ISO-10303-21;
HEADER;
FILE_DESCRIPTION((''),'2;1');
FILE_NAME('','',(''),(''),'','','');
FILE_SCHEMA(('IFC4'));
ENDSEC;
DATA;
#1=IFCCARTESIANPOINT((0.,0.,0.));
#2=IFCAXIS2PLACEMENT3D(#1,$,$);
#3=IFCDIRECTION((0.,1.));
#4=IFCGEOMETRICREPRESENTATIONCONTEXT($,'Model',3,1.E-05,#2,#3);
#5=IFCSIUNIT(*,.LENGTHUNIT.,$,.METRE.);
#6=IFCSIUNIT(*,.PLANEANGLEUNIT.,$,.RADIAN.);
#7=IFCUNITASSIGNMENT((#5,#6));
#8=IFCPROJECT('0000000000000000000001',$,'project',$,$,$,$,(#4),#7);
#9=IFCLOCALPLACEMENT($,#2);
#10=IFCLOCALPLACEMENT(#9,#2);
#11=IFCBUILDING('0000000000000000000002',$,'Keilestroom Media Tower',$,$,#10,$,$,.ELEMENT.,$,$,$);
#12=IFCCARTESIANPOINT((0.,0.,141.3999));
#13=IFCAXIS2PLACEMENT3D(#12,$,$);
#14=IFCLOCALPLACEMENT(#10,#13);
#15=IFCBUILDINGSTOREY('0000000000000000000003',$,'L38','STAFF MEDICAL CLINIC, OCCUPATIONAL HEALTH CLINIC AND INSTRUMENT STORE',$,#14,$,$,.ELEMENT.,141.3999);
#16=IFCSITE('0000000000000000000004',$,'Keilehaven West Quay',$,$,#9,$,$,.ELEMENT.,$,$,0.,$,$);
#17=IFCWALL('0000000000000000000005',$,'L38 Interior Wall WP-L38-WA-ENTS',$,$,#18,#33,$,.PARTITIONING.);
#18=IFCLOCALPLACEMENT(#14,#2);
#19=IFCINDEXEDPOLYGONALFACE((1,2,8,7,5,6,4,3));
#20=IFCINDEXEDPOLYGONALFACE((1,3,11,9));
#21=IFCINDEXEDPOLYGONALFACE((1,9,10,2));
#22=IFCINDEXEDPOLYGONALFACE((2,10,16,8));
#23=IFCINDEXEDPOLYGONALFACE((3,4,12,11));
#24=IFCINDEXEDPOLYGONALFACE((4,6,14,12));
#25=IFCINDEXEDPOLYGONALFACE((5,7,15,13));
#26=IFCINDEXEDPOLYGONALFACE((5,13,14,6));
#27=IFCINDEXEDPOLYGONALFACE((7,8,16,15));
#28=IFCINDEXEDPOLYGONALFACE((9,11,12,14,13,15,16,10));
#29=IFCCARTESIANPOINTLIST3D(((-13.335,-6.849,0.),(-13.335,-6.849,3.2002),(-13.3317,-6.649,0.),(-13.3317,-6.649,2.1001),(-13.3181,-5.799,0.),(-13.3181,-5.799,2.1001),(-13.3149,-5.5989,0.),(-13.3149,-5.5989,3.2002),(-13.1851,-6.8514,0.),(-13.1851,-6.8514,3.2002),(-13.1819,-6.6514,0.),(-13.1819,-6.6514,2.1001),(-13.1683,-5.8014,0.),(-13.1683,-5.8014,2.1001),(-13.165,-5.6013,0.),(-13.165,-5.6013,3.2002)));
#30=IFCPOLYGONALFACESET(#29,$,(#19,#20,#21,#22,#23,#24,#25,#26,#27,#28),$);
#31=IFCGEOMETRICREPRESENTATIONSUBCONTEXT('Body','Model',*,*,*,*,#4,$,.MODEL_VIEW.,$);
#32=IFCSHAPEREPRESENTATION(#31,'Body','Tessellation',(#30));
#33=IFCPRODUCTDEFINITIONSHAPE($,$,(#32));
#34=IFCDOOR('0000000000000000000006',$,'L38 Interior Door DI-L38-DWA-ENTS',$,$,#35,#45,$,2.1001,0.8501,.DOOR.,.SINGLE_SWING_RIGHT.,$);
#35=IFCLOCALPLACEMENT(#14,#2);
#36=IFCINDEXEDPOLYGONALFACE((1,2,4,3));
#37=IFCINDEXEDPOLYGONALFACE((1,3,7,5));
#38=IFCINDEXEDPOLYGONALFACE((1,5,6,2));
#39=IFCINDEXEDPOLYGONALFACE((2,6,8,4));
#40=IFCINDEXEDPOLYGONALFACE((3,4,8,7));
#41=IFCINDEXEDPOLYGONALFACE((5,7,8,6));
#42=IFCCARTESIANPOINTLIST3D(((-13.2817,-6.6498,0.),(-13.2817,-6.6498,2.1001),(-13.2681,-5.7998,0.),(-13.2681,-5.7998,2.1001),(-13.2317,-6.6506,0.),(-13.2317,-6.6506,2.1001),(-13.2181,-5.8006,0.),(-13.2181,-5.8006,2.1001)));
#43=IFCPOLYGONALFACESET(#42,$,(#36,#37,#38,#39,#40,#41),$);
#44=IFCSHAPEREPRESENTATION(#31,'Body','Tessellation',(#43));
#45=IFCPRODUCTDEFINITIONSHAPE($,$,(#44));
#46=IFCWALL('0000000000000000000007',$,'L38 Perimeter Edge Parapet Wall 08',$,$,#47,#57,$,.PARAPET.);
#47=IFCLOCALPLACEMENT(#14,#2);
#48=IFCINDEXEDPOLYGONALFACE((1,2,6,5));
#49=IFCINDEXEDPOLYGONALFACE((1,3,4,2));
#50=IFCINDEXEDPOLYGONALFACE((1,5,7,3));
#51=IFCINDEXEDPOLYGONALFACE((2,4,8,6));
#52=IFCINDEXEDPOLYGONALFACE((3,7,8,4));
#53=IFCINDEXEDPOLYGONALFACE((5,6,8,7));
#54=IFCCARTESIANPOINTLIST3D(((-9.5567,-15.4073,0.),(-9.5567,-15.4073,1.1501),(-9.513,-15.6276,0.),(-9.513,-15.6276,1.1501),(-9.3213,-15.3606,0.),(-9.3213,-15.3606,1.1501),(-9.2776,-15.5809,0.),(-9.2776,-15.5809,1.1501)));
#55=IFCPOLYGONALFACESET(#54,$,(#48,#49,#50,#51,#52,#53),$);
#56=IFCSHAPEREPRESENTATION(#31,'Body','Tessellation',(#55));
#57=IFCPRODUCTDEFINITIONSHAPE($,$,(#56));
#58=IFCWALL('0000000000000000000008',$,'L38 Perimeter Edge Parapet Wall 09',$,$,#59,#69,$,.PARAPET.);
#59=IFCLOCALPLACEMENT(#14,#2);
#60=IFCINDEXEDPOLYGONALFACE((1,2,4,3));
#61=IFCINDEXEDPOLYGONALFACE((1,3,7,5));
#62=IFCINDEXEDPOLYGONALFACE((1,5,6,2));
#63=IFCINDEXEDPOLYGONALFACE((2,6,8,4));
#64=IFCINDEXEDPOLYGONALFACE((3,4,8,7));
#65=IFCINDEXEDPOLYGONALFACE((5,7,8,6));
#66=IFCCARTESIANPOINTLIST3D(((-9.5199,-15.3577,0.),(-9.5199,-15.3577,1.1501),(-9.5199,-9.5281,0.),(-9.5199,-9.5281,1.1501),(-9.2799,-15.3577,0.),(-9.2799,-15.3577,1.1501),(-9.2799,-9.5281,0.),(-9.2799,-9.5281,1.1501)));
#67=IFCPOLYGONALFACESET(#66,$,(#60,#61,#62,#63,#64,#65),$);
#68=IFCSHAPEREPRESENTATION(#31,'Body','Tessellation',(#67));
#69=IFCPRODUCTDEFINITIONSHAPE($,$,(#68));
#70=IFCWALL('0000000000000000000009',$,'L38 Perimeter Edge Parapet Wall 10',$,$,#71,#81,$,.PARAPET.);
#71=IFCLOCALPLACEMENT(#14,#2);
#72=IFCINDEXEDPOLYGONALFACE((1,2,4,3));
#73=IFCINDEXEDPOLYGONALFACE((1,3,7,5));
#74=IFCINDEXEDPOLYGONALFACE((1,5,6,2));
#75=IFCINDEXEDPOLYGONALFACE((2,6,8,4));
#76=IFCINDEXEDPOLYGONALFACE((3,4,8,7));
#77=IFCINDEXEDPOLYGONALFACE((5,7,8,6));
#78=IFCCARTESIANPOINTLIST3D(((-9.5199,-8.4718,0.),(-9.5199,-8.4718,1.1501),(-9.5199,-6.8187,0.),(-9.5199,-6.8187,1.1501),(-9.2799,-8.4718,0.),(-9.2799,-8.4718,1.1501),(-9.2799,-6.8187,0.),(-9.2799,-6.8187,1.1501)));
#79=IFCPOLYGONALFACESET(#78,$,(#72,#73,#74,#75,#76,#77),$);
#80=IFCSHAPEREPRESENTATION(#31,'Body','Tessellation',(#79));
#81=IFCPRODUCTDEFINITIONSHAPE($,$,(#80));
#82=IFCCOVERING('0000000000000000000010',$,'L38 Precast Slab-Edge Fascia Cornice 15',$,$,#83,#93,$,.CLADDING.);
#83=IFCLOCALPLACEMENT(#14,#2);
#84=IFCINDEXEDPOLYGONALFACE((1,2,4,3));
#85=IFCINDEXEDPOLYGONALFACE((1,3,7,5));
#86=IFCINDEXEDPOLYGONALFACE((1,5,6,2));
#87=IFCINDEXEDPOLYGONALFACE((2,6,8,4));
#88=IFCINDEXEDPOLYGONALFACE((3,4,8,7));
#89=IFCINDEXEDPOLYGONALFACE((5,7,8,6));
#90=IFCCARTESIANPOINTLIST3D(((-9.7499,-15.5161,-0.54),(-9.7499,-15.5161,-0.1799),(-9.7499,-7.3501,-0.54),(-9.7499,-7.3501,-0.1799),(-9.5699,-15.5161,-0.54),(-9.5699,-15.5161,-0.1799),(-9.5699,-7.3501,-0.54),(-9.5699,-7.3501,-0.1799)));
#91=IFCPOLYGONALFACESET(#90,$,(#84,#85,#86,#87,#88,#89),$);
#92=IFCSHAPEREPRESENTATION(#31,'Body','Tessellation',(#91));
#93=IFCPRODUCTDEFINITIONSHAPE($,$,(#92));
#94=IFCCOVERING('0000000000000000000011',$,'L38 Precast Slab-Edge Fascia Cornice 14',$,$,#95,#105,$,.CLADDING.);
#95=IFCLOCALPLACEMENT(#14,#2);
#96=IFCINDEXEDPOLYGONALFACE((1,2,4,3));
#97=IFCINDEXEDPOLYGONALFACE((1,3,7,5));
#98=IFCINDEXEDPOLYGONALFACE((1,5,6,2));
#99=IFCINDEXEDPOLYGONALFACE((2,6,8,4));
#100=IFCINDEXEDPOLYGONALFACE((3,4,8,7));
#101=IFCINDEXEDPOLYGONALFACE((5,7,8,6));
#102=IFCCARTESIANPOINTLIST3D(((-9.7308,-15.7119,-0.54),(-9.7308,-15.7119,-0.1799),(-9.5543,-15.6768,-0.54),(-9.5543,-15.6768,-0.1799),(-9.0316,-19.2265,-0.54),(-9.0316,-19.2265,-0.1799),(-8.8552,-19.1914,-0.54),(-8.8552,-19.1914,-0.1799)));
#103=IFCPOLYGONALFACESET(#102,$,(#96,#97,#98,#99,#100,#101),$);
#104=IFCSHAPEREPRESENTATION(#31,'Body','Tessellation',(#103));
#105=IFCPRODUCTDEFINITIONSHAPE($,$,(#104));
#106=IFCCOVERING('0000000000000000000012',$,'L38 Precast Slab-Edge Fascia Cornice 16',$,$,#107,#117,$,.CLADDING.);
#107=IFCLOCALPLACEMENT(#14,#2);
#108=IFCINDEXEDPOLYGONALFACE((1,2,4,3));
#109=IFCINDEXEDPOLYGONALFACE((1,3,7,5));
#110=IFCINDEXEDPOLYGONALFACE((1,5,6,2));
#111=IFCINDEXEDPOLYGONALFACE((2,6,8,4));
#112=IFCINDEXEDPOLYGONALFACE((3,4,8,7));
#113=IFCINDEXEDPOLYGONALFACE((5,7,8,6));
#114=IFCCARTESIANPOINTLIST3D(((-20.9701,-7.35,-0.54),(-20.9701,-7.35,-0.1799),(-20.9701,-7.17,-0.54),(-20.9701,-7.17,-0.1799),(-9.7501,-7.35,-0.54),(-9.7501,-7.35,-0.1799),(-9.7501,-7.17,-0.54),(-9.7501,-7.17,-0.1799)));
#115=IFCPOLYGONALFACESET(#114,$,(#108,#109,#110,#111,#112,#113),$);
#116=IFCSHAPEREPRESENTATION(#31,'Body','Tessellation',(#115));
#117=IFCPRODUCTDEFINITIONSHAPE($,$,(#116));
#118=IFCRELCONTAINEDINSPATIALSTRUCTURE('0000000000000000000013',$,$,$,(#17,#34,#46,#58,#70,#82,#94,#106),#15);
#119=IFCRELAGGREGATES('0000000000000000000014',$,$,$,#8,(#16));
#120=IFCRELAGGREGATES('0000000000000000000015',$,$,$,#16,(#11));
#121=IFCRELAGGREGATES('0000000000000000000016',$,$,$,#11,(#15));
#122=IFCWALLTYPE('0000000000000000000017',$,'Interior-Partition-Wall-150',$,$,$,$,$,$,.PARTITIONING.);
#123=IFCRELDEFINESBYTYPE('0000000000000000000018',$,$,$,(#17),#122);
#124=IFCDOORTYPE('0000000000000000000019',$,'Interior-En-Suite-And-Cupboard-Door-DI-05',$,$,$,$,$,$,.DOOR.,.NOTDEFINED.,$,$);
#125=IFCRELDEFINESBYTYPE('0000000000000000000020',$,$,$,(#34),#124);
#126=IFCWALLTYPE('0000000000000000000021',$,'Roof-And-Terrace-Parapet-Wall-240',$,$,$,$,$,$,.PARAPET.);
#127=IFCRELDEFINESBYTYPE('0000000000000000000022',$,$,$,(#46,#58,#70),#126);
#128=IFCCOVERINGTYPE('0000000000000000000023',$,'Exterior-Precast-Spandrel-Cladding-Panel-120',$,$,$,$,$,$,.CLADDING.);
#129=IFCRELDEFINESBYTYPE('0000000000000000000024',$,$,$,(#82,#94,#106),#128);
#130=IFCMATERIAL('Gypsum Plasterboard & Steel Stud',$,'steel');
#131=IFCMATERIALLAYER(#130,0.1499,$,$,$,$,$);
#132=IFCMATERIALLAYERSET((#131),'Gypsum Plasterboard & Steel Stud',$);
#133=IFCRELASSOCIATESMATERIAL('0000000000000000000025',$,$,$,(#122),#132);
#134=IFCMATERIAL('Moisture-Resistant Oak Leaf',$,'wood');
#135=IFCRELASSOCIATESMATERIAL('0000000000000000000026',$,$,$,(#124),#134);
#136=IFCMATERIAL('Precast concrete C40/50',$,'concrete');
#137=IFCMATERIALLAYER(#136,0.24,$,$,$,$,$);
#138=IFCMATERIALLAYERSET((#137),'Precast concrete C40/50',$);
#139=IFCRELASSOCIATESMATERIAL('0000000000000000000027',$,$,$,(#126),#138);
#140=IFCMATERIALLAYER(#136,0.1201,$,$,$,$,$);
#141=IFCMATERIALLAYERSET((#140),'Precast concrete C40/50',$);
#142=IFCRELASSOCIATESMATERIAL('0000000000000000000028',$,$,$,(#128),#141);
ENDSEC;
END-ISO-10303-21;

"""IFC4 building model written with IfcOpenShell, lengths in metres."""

from ifc_helpers import new_model, si_unit, direction, frame, frame_2d, origin, origin_2d, place, context, subcontext, project, spatial, rectangle, extrude, source, transform, mapped, material, layer, layer_set, type_object, element, fill, save


model = new_model("IFC4")

# Units and contexts
model_context = context("Model", 3, precision=1e-05, world=origin(), true_north=direction((0.0, 1.0)))
body_context = subcontext(model_context, "Body", "Model", "MODEL_VIEW")
ifc_project = project(units=[si_unit("LENGTHUNIT", "METRE"), si_unit("PLANEANGLEUNIT", "RADIAN")], contexts=[model_context])

# Site, building, storey
site_placement = place(None, origin())
site = spatial("IfcSite", under=ifc_project, at=site_placement, Name="Keilehaven West Quay", CompositionType="ELEMENT", RefElevation=0.0)
building_placement = place(site_placement, origin())
building = spatial("IfcBuilding", under=site, at=building_placement, Name="Keilestroom Media Tower", CompositionType="ELEMENT")
storey_placement = place(building_placement, frame((0.0, 0.0, 141.3999)))
storey = spatial("IfcBuildingStorey", under=building, at=storey_placement, Name="L38", Description="STAFF MEDICAL CLINIC, OCCUPATIONAL HEALTH CLINIC AND INSTRUMENT STORE", CompositionType="ELEMENT", Elevation=141.3999)

# Shared definitions
ifc_material_1 = material(Name="Precast concrete C40/50", Category="concrete")

# Shared definitions
ifc_material_2 = material(Name="Gypsum Plasterboard & Steel Stud", Category="steel")

# Shared definitions
ifc_layer_1 = layer(ifc_material_2, 0.1499)
ifc_layer_set_1 = layer_set([ifc_layer_1], Name="Gypsum Plasterboard & Steel Stud")
wall_type_1 = type_object("IfcWallType", Name="Interior-Partition-Wall-150", PredefinedType="PARTITIONING", material=ifc_layer_set_1)

# Wall, opening, door
wall_1_placement = place(storey_placement, frame((-13.26, -6.8501, 0.0), z_axis=(0.0, 0.0, 1.0), x_axis=(0.016014, 0.999872, 0.0)))
wall_1 = element("IfcWall", 1, at=wall_1_placement, inside=storey, type_object=wall_type_1, Name="L38 Interior Wall WP-L38-WA-ENTS", PredefinedType="PARTITIONING", context=body_context, shape_type="SweptSolid", body=[
    extrude(rectangle(XDim=1.2502, YDim=0.1499, at=frame_2d((0.625, 0.0))), origin(), (0.0, 0.0, 1.0), 3.2002),
])
opening_1_placement = place(wall_1_placement, frame((0.2, 0.0, 0.0)))
opening_1 = element("IfcOpeningElement", 2, at=opening_1_placement, cuts=wall_1, PredefinedType="OPENING", context=body_context, shape_type="SweptSolid", body=[
    extrude(rectangle(XDim=0.8501, YDim=2.1001, at=frame_2d((0.425, 1.05))), frame((0.0, 0.085, 0.0), z_axis=(0.0, -1.0, 0.0), x_axis=(1.0, 0.0, 0.0)), (0.0, 0.0, 1.0), 0.1699),
])
ifc_material_3 = material(Name="Moisture-Resistant Oak Leaf", Category="wood")
door_type_1 = type_object("IfcDoorType", Name="Interior-En-Suite-And-Cupboard-Door-DI-05", OperationType="NOTDEFINED", PredefinedType="DOOR", material=ifc_material_3)
shared_shape_1 = source(origin(), body_context, "Body", "SweptSolid", [
    extrude(rectangle(XDim=0.8501, YDim=2.1001, at=frame_2d((0.425, 1.05))), frame((0.0, 0.0249, 0.0), z_axis=(0.0, -1.0, 0.0), x_axis=(1.0, 0.0, 0.0)), (0.0, 0.0, 1.0), 0.05),
])
door_1_placement = place(opening_1_placement, origin())
door_1 = element("IfcDoor", 3, at=door_1_placement, inside=storey, type_object=door_type_1, Name="L38 Interior Door DI-L38-DWA-ENTS", OperationType="SINGLE_SWING_RIGHT", OverallHeight=2.1001, OverallWidth=0.8501, PredefinedType="DOOR", context=body_context, shape_type="MappedRepresentation", body=[
    mapped(shared_shape_1, transform((0.0, 0.0, 0.0), x_axis=(1.0, 0.0, 0.0), y_axis=(0.0, 1.0, 0.0), z_axis=(0.0, 0.0, 1.0), scale=1.0)),
])
fill(opening_1, door_1)

# Walls
ifc_layer_2 = layer(ifc_material_1, 0.24)
ifc_layer_set_2 = layer_set([ifc_layer_2], Name="Precast concrete C40/50")
wall_type_2 = type_object("IfcWallType", Name="Roof-And-Terrace-Parapet-Wall-240", PredefinedType="PARAPET", material=ifc_layer_set_2)
wall_2_placement = place(storey_placement, frame((-9.3953, -15.6042, 0.0), z_axis=(0.0, 0.0, 1.0), x_axis=(-0.194652, 0.980872, 0.0)))
element("IfcWall", 4, at=wall_2_placement, inside=storey, type_object=wall_type_2, Name="L38 Perimeter Edge Parapet Wall 08", PredefinedType="PARAPET", context=body_context, shape_type="SweptSolid", body=[
    extrude(rectangle(XDim=0.2246, YDim=0.24, at=frame_2d((0.1123, 0.0))), origin(), (0.0, 0.0, 1.0), 1.1501),
])
wall_3_placement = place(storey_placement, frame((-9.3999, -15.3577, 0.0), z_axis=(0.0, 0.0, 1.0), x_axis=(0.0, 1.0, 0.0)))
element("IfcWall", 5, at=wall_3_placement, inside=storey, type_object=wall_type_2, Name="L38 Perimeter Edge Parapet Wall 09", PredefinedType="PARAPET", context=body_context, shape_type="SweptSolid", body=[
    extrude(rectangle(XDim=5.8296, YDim=0.24, at=frame_2d((2.9148, 0.0))), origin(), (0.0, 0.0, 1.0), 1.1501),
])
wall_4_placement = place(storey_placement, frame((-9.3999, -8.4719, 0.0), z_axis=(0.0, 0.0, 1.0), x_axis=(0.0, 1.0, 0.0)))
element("IfcWall", 6, at=wall_4_placement, inside=storey, type_object=wall_type_2, Name="L38 Perimeter Edge Parapet Wall 10", PredefinedType="PARAPET", context=body_context, shape_type="SweptSolid", body=[
    extrude(rectangle(XDim=1.6531, YDim=0.24, at=frame_2d((0.8267, 0.0))), origin(), (0.0, 0.0, 1.0), 1.1501),
])

# Coverings
ifc_layer_3 = layer(ifc_material_1, 0.1201)
ifc_layer_set_3 = layer_set([ifc_layer_3], Name="Precast concrete C40/50")
covering_type = type_object("IfcCoveringType", Name="Exterior-Precast-Spandrel-Cladding-Panel-120", PredefinedType="CLADDING", material=ifc_layer_set_3)
shared_shape_2 = source(origin(), body_context, "Body", "SweptSolid", [
    extrude(rectangle(XDim=8.166, YDim=0.1799, at=origin_2d()), origin(), (0.0, 0.0, 1.0), 0.3601),
])
covering_1_placement = place(storey_placement, frame((-9.6599, -11.4331, -0.54), z_axis=(0.0, 0.0, 1.0), x_axis=(0.0, 1.0, 0.0)))
element("IfcCovering", 7, at=covering_1_placement, inside=storey, type_object=covering_type, Name="L38 Precast Slab-Edge Fascia Cornice 15", PredefinedType="CLADDING", context=body_context, shape_type="MappedRepresentation", body=[
    mapped(shared_shape_2, transform((0.0, 0.0, 0.0), x_axis=(1.0, 0.0, 0.0), y_axis=(0.0, 1.0, 0.0), z_axis=(0.0, 0.0, 1.0), scale=1.0)),
])
shared_shape_3 = source(origin(), body_context, "Body", "SweptSolid", [
    extrude(rectangle(XDim=3.5835, YDim=0.1799, at=origin_2d()), origin(), (0.0, 0.0, 1.0), 0.3601),
])
covering_2_placement = place(storey_placement, frame((-9.293, -17.4517, -0.54), z_axis=(0.0, 0.0, 1.0), x_axis=(-0.195099, 0.980784, 0.0)))
element("IfcCovering", 8, at=covering_2_placement, inside=storey, type_object=covering_type, Name="L38 Precast Slab-Edge Fascia Cornice 14", PredefinedType="CLADDING", context=body_context, shape_type="MappedRepresentation", body=[
    mapped(shared_shape_3, transform((0.0, 0.0, 0.0), x_axis=(1.0, 0.0, 0.0), y_axis=(0.0, 1.0, 0.0), z_axis=(0.0, 0.0, 1.0), scale=1.0)),
])
shared_shape_4 = source(origin(), body_context, "Body", "SweptSolid", [
    extrude(rectangle(XDim=11.22, YDim=0.1799, at=origin_2d()), origin(), (0.0, 0.0, 1.0), 0.3601),
])
covering_3_placement = place(storey_placement, frame((-15.3601, -7.26, -0.54), z_axis=(0.0, 0.0, 1.0), x_axis=(-1.0, 0.0, 0.0)))
element("IfcCovering", 9, at=covering_3_placement, inside=storey, type_object=covering_type, Name="L38 Precast Slab-Edge Fascia Cornice 16", PredefinedType="CLADDING", context=body_context, shape_type="MappedRepresentation", body=[
    mapped(shared_shape_4, transform((0.0, 0.0, 0.0), x_axis=(1.0, 0.0, 0.0), y_axis=(0.0, 1.0, 0.0), z_axis=(0.0, 0.0, 1.0), scale=1.0)),
])

save(model, "model.ifc")
